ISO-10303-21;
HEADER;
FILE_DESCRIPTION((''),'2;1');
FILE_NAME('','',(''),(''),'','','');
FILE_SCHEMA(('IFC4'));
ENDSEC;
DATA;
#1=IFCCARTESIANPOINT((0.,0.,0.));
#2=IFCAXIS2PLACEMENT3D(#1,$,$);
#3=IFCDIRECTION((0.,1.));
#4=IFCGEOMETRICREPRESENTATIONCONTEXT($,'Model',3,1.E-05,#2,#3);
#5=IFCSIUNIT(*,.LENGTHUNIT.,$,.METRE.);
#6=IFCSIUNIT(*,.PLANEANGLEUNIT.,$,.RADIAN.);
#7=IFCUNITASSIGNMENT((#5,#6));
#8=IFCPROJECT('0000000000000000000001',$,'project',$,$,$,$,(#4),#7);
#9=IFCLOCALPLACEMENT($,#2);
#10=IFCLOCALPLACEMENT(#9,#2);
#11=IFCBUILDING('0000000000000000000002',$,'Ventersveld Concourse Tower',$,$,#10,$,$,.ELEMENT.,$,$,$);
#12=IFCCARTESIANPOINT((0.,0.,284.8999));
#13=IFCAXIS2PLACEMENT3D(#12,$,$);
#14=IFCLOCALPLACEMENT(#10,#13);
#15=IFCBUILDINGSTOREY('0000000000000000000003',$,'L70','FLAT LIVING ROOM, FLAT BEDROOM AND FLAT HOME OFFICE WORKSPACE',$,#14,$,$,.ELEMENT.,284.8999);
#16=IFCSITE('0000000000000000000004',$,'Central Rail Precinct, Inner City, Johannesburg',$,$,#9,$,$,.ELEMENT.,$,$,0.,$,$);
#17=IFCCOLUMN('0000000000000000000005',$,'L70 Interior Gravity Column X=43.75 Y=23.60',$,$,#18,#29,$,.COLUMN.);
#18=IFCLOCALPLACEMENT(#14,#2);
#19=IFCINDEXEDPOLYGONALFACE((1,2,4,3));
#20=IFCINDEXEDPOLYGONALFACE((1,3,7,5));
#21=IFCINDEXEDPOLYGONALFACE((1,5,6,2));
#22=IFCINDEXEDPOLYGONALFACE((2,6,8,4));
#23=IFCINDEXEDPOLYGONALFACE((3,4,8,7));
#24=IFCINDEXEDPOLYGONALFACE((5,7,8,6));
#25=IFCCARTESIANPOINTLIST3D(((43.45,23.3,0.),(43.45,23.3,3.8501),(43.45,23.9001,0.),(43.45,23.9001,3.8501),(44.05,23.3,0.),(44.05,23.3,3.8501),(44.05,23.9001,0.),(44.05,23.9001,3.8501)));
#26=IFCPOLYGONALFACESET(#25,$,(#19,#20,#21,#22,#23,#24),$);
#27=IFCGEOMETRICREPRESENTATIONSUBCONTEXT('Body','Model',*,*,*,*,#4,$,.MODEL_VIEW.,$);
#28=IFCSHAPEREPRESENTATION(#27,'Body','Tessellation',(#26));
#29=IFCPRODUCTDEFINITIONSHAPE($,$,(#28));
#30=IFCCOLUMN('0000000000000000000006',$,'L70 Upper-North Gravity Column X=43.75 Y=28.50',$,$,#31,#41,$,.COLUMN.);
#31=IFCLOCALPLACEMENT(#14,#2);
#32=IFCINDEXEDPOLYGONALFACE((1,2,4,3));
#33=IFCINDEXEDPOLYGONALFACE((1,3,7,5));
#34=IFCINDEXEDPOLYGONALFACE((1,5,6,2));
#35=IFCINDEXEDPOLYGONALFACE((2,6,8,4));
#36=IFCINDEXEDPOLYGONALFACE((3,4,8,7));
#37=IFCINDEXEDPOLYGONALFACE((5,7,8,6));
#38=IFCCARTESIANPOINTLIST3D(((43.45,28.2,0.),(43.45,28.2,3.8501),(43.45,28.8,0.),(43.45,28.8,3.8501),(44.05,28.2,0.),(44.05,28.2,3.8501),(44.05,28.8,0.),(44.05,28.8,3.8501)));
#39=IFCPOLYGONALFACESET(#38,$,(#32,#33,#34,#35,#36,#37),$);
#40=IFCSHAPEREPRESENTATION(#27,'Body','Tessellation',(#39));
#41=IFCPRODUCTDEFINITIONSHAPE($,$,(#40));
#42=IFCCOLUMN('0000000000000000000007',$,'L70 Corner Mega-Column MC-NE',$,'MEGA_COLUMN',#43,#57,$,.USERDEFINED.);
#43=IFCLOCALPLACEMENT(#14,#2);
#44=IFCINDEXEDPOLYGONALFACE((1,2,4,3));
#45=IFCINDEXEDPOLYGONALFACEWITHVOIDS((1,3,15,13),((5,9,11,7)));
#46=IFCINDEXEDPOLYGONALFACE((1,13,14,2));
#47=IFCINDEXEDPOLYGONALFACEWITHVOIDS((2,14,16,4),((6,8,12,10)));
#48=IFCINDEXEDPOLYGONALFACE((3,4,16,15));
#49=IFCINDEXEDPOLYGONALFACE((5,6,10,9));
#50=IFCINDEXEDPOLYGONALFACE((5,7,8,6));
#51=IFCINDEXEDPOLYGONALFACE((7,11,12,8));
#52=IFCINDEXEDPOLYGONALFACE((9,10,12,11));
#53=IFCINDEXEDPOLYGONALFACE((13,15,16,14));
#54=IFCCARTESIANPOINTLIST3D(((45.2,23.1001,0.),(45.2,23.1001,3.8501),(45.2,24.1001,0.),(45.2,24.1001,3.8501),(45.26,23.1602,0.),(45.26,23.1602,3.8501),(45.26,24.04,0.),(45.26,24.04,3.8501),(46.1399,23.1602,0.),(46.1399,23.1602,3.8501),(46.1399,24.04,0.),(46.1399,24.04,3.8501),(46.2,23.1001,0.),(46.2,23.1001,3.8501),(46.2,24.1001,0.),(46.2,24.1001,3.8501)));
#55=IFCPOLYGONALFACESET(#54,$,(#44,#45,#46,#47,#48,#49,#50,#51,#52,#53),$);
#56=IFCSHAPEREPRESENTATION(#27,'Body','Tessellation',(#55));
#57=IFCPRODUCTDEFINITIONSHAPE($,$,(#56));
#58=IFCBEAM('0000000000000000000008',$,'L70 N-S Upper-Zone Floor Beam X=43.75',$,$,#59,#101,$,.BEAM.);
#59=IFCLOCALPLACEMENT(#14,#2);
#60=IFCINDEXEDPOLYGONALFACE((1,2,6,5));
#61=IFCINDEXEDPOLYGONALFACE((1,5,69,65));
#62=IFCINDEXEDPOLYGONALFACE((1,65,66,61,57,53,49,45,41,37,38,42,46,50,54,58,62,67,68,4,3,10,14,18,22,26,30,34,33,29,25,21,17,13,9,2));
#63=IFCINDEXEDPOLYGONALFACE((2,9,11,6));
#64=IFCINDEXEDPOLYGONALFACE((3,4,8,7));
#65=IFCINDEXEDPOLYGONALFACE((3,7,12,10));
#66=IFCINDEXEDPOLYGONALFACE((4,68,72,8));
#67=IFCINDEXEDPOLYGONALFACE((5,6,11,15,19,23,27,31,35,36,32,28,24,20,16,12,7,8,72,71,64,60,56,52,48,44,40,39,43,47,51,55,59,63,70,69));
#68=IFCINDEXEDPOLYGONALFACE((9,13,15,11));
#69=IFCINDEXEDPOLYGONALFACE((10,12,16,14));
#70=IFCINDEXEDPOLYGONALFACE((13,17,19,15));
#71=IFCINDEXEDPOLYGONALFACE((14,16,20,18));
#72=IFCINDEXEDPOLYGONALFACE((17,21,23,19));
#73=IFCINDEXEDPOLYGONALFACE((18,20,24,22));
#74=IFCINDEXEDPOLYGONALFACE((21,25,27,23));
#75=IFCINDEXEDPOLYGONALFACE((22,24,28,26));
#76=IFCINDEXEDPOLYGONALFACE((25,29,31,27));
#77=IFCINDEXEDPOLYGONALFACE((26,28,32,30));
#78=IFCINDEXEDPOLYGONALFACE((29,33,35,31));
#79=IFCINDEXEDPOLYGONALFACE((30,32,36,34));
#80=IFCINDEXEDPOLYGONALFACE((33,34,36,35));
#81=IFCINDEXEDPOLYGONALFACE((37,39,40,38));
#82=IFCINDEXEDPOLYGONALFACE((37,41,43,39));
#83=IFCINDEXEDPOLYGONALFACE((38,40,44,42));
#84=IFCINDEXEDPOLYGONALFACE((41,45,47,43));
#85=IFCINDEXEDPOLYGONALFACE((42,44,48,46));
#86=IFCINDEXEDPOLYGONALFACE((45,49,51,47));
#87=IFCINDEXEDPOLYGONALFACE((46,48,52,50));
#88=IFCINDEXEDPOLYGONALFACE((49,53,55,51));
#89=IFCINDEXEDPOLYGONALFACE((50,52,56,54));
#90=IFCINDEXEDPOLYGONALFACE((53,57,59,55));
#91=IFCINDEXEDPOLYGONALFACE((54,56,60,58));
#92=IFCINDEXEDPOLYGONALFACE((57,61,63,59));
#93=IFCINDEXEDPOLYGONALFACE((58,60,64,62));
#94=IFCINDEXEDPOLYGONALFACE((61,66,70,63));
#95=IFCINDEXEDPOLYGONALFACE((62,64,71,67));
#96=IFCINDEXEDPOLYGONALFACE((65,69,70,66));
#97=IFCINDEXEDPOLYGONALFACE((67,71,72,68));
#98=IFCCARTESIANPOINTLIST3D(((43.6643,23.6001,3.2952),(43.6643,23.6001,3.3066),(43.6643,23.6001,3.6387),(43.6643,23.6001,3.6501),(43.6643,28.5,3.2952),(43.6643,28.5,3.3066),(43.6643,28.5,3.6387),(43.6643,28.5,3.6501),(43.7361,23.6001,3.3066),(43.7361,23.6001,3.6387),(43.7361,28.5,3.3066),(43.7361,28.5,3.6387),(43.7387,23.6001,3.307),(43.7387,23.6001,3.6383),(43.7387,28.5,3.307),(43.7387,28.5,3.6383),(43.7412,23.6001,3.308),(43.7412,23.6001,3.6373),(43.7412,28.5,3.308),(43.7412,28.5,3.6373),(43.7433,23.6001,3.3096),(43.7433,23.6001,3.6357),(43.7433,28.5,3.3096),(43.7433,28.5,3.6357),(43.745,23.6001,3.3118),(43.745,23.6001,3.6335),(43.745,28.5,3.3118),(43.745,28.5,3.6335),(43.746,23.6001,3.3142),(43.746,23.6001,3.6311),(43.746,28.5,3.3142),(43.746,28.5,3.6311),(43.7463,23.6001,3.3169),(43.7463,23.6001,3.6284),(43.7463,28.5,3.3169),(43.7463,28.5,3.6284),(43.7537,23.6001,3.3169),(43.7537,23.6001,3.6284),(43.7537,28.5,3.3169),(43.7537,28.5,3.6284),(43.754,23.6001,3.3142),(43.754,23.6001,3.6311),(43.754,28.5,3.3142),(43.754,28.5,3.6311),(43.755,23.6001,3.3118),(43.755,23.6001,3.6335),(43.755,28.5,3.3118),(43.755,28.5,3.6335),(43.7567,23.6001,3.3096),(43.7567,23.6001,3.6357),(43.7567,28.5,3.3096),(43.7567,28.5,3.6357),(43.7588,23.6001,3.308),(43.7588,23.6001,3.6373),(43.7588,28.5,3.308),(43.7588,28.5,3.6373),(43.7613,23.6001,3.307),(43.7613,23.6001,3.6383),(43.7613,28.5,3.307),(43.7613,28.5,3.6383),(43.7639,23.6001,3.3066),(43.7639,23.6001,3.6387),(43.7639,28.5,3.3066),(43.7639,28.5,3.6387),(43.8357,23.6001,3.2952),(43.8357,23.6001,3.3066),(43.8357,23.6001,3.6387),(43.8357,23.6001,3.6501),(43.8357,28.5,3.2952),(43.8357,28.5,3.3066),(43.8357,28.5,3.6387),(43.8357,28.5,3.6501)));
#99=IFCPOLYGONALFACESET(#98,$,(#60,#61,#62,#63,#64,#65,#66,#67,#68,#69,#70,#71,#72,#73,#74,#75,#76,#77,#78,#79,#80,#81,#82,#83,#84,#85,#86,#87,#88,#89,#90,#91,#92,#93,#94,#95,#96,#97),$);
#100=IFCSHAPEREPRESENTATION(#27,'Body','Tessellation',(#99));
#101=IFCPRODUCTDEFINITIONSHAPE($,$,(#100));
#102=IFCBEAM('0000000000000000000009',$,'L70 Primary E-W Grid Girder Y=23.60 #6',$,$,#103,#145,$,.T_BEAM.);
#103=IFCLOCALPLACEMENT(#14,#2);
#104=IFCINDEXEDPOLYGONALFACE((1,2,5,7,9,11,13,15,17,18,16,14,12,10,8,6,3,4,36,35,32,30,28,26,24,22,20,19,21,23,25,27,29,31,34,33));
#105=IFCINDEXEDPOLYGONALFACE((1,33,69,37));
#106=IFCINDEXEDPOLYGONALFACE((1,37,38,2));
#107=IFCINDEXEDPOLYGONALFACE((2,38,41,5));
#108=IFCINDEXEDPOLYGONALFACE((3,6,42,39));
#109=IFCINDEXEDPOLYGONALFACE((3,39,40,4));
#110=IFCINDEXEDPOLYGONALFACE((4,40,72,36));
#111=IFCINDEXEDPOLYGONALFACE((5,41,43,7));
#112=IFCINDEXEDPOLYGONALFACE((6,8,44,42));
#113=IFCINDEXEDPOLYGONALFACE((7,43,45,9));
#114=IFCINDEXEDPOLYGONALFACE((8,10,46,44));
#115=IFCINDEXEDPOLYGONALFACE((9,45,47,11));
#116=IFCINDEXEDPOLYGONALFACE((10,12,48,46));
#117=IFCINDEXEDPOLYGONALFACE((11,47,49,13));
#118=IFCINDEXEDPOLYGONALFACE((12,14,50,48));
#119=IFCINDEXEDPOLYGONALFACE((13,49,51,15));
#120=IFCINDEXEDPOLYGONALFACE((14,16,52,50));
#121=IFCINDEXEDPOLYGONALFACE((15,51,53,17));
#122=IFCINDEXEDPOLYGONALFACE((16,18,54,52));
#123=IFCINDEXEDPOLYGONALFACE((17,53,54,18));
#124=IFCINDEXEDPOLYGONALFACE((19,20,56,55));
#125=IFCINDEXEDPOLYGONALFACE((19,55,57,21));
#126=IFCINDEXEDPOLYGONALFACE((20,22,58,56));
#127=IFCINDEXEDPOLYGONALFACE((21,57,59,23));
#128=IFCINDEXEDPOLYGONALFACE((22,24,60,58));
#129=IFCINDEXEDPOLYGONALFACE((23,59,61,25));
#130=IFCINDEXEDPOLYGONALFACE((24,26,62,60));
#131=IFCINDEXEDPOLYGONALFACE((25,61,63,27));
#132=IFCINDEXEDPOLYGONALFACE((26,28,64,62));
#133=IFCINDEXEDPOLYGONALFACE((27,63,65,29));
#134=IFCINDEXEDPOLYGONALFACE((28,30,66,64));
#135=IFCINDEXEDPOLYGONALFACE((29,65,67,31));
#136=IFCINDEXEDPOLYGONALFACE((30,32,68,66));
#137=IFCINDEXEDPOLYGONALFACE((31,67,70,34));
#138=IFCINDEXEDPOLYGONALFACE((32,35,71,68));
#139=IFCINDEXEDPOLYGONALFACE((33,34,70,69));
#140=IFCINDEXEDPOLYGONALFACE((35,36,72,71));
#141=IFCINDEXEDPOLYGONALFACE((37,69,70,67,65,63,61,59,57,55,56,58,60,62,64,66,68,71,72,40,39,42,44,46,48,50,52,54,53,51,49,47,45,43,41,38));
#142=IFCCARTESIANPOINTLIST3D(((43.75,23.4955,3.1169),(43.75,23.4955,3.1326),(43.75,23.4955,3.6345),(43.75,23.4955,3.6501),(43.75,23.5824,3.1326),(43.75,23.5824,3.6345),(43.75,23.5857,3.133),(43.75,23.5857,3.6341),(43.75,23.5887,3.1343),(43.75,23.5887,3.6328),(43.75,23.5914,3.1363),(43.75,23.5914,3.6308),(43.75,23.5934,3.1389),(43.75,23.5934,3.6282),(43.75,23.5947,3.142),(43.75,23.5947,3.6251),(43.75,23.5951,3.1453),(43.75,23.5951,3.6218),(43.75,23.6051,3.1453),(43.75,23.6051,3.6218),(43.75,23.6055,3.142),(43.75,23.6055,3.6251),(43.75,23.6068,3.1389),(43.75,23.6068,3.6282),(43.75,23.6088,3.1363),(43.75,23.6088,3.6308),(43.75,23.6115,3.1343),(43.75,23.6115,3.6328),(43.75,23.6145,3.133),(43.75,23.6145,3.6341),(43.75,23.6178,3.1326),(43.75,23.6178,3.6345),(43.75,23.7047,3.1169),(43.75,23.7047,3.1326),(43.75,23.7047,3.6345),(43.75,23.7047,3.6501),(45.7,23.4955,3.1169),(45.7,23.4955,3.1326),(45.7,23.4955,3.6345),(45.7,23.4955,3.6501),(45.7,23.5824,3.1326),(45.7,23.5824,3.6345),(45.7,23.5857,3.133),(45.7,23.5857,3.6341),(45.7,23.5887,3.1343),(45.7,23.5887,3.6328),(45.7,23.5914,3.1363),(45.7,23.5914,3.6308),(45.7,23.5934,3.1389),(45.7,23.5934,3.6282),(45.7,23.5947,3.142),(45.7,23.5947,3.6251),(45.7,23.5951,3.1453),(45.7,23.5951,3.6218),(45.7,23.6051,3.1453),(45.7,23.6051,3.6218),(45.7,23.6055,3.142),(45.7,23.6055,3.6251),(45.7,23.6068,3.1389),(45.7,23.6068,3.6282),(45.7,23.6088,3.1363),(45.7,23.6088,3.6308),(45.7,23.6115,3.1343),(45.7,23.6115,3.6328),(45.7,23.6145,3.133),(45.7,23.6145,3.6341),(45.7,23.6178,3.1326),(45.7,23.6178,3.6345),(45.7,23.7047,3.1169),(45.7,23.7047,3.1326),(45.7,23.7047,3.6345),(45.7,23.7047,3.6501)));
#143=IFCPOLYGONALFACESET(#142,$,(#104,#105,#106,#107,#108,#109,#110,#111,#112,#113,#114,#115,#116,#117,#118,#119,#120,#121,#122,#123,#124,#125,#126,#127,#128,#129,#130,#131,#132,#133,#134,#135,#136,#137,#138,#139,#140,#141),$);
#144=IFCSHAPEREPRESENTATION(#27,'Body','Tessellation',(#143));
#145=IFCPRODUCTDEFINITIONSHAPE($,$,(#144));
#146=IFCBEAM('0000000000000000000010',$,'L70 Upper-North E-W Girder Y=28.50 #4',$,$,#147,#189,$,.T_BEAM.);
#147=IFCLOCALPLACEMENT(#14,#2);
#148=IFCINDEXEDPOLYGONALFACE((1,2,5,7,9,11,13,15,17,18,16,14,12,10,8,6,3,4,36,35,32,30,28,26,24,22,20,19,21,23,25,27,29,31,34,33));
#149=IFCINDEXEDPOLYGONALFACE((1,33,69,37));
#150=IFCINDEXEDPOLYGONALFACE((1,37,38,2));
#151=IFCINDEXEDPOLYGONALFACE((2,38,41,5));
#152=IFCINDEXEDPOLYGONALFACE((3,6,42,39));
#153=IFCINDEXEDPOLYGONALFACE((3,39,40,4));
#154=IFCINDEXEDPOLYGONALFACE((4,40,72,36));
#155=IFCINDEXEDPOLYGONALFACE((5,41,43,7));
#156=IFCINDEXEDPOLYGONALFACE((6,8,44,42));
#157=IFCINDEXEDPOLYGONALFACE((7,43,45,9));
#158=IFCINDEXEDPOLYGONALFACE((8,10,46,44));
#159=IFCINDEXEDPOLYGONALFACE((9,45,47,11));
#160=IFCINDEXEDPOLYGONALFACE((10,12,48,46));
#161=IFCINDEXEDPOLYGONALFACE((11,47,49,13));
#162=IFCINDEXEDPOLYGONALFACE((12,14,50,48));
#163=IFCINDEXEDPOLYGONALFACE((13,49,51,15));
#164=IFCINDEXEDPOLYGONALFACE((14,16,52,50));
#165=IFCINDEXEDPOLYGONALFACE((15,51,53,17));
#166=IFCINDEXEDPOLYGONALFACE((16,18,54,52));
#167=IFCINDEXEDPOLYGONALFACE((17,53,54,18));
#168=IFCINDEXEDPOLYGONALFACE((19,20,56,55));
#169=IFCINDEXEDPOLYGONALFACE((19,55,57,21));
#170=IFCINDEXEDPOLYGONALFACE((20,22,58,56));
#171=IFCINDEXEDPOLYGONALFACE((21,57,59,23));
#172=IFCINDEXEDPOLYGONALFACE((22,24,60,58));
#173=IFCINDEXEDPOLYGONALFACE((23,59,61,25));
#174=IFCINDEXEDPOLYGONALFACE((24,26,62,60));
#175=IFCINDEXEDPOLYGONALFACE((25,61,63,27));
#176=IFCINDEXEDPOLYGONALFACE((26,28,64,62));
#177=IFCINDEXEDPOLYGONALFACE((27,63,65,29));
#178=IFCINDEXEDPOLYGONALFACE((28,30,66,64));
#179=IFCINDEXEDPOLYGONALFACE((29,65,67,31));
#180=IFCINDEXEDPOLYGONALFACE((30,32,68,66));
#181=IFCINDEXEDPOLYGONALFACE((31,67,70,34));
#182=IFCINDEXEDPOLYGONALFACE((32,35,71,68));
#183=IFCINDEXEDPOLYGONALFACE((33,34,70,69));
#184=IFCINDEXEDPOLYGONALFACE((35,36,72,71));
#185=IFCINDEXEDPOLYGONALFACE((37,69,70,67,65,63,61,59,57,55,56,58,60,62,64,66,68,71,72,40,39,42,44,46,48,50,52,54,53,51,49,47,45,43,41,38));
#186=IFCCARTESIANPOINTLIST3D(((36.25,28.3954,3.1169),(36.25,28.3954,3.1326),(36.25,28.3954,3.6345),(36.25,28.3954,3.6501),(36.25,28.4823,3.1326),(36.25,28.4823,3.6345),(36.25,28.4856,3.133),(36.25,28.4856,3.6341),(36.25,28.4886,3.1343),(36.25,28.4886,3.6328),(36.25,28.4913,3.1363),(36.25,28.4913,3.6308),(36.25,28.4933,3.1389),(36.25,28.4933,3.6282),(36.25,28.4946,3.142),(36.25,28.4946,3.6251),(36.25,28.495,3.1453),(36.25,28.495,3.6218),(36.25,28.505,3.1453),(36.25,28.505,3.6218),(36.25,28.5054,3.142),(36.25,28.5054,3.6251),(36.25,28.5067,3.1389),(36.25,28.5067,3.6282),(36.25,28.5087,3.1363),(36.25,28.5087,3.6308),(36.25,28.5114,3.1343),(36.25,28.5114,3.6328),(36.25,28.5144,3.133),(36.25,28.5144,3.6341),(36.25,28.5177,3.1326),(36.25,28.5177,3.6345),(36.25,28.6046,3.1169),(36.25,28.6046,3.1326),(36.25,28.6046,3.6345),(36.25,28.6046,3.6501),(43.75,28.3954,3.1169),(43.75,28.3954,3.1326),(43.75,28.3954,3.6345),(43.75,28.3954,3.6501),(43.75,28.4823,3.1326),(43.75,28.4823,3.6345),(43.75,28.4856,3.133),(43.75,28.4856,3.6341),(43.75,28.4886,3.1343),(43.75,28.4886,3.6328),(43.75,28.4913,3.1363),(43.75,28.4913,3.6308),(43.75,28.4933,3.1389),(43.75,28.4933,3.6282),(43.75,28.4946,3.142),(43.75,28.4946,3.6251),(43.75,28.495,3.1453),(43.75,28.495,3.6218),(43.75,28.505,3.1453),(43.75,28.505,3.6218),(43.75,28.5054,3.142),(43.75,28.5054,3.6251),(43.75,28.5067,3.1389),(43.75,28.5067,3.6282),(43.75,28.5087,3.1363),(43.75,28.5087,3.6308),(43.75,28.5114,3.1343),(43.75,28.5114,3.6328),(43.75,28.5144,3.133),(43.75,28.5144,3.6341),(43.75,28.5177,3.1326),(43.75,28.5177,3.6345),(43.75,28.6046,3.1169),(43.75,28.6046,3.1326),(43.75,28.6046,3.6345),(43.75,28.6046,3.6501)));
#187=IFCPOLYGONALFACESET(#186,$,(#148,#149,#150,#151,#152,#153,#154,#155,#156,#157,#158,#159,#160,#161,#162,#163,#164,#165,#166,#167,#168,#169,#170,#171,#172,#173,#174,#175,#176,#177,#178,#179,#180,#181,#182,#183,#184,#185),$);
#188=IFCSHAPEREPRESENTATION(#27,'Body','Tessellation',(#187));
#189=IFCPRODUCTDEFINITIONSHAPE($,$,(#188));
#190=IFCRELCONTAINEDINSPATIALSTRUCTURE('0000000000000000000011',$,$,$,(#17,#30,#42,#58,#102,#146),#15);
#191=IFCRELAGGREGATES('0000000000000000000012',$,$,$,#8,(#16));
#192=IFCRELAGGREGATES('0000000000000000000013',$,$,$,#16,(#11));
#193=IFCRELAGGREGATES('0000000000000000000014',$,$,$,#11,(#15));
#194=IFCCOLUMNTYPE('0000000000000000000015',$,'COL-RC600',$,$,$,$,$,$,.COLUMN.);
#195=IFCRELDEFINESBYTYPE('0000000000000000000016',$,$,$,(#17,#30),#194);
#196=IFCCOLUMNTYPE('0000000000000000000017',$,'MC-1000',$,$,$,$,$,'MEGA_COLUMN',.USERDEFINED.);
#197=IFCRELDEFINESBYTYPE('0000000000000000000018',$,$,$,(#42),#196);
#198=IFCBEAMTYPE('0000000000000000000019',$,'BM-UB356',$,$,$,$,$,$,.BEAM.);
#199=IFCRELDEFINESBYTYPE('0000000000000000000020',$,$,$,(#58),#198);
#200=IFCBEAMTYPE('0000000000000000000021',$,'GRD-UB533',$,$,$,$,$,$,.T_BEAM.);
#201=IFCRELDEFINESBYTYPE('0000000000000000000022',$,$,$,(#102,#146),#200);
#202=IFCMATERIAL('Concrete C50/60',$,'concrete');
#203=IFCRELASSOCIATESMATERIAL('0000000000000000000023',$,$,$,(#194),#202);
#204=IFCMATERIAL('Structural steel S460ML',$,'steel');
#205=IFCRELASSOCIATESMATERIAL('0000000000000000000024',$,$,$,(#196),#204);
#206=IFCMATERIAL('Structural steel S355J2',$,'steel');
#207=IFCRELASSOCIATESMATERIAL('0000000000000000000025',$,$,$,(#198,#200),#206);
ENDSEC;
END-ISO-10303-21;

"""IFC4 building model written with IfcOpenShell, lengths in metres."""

from ifc_helpers import new_model, si_unit, direction, frame, origin, origin_2d, place, context, subcontext, project, spatial, rectangle, hollow_rectangle, i_section, extrude, material, material_profile, profile_set, type_object, element, save


model = new_model("IFC4")

# Units and contexts
model_context = context("Model", 3, precision=1e-05, world=origin(), true_north=direction((0.0, 1.0)))
body_context = subcontext(model_context, "Body", "Model", "MODEL_VIEW")
ifc_project = project(units=[si_unit("LENGTHUNIT", "METRE"), si_unit("PLANEANGLEUNIT", "RADIAN")], contexts=[model_context])

# Site, building, storey
site_placement = place(None, origin())
site = spatial("IfcSite", under=ifc_project, at=site_placement, Name="Central Rail Precinct, Inner City, Johannesburg", CompositionType="ELEMENT", RefElevation=0.0)
building_placement = place(site_placement, origin())
building = spatial("IfcBuilding", under=site, at=building_placement, Name="Ventersveld Concourse Tower", CompositionType="ELEMENT")
storey_placement = place(building_placement, frame((0.0, 0.0, 284.8999)))
storey = spatial("IfcBuildingStorey", under=building, at=storey_placement, Name="L70", Description="FLAT LIVING ROOM, FLAT BEDROOM AND FLAT HOME OFFICE WORKSPACE", CompositionType="ELEMENT", Elevation=284.8999)

# Columns
ifc_material_1 = material(Name="Concrete C50/60", Category="concrete")
ifc_material_profile_1 = material_profile(ifc_material_1, rectangle(XDim=0.6001, YDim=0.6001, at=origin_2d()), Name="RC 600x600")
ifc_profile_set_1 = profile_set([ifc_material_profile_1], Name="Concrete C50/60")
column_type_1 = type_object("IfcColumnType", Name="COL-RC600", PredefinedType="COLUMN", material=ifc_profile_set_1)
for number, where, z_axis, x_axis, name in (
    (1, (43.75, 23.6001, 0.0), (0.0, 0.0, 1.0), (1.0, 0.0, 0.0), "L70 Interior Gravity Column X=43.75 Y=23.60"),
    (2, (43.75, 28.5, 0.0), (0.0, 0.0, 1.0), (1.0, 0.0, 0.0), "L70 Upper-North Gravity Column X=43.75 Y=28.50"),
):
    element("IfcColumn", number, at=place(storey_placement, frame(where, z_axis=z_axis, x_axis=x_axis)), inside=storey, type_object=column_type_1, Name=name, PredefinedType="COLUMN", context=body_context, shape_type="SweptSolid", body=[
        extrude(rectangle(XDim=0.6001, YDim=0.6001, at=origin_2d()), origin(), (0.0, 0.0, 1.0), 3.8501),
    ])
ifc_material_2 = material(Name="Structural steel S460ML", Category="steel")
ifc_material_profile_2 = material_profile(ifc_material_2, hollow_rectangle(XDim=1.0, YDim=1.0, WallThickness=0.0601, at=origin_2d()), Name="BOX 1000x1000x60")
ifc_profile_set_2 = profile_set([ifc_material_profile_2], Name="Structural steel S460ML")
column_type_2 = type_object("IfcColumnType", Name="MC-1000", ElementType="MEGA_COLUMN", PredefinedType="USERDEFINED", material=ifc_profile_set_2)
column_placement = place(storey_placement, frame((45.7, 23.6001, 0.0), z_axis=(0.0, 0.0, 1.0), x_axis=(1.0, 0.0, 0.0)))
element("IfcColumn", 3, at=column_placement, inside=storey, type_object=column_type_2, Name="L70 Corner Mega-Column MC-NE", ObjectType="MEGA_COLUMN", PredefinedType="USERDEFINED", context=body_context, shape_type="SweptSolid", body=[
    extrude(hollow_rectangle(XDim=1.0, YDim=1.0, WallThickness=0.0601, at=origin_2d()), origin(), (0.0, 0.0, 1.0), 3.8501),
])

# Beams
ifc_material_3 = material(Name="Structural steel S355J2", Category="steel")
ifc_material_profile_3 = material_profile(ifc_material_3, i_section(OverallWidth=0.1714, OverallDepth=0.355, WebThickness=0.0073, FlangeThickness=0.0115, FilletRadius=0.0103, at=origin_2d()), Name="UB 356x171x51")
ifc_profile_set_3 = profile_set([ifc_material_profile_3], Name="Structural steel S355J2")
beam_type_1 = type_object("IfcBeamType", Name="BM-UB356", PredefinedType="BEAM", material=ifc_profile_set_3)
beam_1_placement = place(storey_placement, frame((43.75, 23.6001, 3.4727), z_axis=(0.0, 1.0, 0.0), x_axis=(-1.0, 0.0, 0.0)))
element("IfcBeam", 4, at=beam_1_placement, inside=storey, type_object=beam_type_1, Name="L70 N-S Upper-Zone Floor Beam X=43.75", PredefinedType="BEAM", context=body_context, shape_type="SweptSolid", body=[
    extrude(i_section(OverallWidth=0.1714, OverallDepth=0.355, WebThickness=0.0073, FlangeThickness=0.0115, FilletRadius=0.0103, at=origin_2d()), origin(), (0.0, 0.0, 1.0), 4.8999),
])
ifc_material_profile_4 = material_profile(ifc_material_3, i_section(OverallWidth=0.2092, OverallDepth=0.5332, WebThickness=0.01, FlangeThickness=0.0156, FilletRadius=0.0127, at=origin_2d()), Name="UB 533x210x92")
ifc_profile_set_4 = profile_set([ifc_material_profile_4], Name="Structural steel S355J2")
beam_type_2 = type_object("IfcBeamType", Name="GRD-UB533", PredefinedType="T_BEAM", material=ifc_profile_set_4)
beam_2_placement = place(storey_placement, frame((43.75, 23.6001, 3.3835), z_axis=(1.0, 0.0, 0.0), x_axis=(0.0, 1.0, 0.0)))
element("IfcBeam", 5, at=beam_2_placement, inside=storey, type_object=beam_type_2, Name="L70 Primary E-W Grid Girder Y=23.60 #6", PredefinedType="T_BEAM", context=body_context, shape_type="SweptSolid", body=[
    extrude(i_section(OverallWidth=0.2092, OverallDepth=0.5332, WebThickness=0.01, FlangeThickness=0.0156, FilletRadius=0.0127, at=origin_2d()), origin(), (0.0, 0.0, 1.0), 1.95),
])
beam_3_placement = place(storey_placement, frame((36.25, 28.5, 3.3835), z_axis=(1.0, 0.0, 0.0), x_axis=(0.0, 1.0, 0.0)))
element("IfcBeam", 6, at=beam_3_placement, inside=storey, type_object=beam_type_2, Name="L70 Upper-North E-W Girder Y=28.50 #4", PredefinedType="T_BEAM", context=body_context, shape_type="SweptSolid", body=[
    extrude(i_section(OverallWidth=0.2092, OverallDepth=0.5332, WebThickness=0.01, FlangeThickness=0.0156, FilletRadius=0.0127, at=origin_2d()), origin(), (0.0, 0.0, 1.0), 7.5),
])

save(model, "model.ifc")
